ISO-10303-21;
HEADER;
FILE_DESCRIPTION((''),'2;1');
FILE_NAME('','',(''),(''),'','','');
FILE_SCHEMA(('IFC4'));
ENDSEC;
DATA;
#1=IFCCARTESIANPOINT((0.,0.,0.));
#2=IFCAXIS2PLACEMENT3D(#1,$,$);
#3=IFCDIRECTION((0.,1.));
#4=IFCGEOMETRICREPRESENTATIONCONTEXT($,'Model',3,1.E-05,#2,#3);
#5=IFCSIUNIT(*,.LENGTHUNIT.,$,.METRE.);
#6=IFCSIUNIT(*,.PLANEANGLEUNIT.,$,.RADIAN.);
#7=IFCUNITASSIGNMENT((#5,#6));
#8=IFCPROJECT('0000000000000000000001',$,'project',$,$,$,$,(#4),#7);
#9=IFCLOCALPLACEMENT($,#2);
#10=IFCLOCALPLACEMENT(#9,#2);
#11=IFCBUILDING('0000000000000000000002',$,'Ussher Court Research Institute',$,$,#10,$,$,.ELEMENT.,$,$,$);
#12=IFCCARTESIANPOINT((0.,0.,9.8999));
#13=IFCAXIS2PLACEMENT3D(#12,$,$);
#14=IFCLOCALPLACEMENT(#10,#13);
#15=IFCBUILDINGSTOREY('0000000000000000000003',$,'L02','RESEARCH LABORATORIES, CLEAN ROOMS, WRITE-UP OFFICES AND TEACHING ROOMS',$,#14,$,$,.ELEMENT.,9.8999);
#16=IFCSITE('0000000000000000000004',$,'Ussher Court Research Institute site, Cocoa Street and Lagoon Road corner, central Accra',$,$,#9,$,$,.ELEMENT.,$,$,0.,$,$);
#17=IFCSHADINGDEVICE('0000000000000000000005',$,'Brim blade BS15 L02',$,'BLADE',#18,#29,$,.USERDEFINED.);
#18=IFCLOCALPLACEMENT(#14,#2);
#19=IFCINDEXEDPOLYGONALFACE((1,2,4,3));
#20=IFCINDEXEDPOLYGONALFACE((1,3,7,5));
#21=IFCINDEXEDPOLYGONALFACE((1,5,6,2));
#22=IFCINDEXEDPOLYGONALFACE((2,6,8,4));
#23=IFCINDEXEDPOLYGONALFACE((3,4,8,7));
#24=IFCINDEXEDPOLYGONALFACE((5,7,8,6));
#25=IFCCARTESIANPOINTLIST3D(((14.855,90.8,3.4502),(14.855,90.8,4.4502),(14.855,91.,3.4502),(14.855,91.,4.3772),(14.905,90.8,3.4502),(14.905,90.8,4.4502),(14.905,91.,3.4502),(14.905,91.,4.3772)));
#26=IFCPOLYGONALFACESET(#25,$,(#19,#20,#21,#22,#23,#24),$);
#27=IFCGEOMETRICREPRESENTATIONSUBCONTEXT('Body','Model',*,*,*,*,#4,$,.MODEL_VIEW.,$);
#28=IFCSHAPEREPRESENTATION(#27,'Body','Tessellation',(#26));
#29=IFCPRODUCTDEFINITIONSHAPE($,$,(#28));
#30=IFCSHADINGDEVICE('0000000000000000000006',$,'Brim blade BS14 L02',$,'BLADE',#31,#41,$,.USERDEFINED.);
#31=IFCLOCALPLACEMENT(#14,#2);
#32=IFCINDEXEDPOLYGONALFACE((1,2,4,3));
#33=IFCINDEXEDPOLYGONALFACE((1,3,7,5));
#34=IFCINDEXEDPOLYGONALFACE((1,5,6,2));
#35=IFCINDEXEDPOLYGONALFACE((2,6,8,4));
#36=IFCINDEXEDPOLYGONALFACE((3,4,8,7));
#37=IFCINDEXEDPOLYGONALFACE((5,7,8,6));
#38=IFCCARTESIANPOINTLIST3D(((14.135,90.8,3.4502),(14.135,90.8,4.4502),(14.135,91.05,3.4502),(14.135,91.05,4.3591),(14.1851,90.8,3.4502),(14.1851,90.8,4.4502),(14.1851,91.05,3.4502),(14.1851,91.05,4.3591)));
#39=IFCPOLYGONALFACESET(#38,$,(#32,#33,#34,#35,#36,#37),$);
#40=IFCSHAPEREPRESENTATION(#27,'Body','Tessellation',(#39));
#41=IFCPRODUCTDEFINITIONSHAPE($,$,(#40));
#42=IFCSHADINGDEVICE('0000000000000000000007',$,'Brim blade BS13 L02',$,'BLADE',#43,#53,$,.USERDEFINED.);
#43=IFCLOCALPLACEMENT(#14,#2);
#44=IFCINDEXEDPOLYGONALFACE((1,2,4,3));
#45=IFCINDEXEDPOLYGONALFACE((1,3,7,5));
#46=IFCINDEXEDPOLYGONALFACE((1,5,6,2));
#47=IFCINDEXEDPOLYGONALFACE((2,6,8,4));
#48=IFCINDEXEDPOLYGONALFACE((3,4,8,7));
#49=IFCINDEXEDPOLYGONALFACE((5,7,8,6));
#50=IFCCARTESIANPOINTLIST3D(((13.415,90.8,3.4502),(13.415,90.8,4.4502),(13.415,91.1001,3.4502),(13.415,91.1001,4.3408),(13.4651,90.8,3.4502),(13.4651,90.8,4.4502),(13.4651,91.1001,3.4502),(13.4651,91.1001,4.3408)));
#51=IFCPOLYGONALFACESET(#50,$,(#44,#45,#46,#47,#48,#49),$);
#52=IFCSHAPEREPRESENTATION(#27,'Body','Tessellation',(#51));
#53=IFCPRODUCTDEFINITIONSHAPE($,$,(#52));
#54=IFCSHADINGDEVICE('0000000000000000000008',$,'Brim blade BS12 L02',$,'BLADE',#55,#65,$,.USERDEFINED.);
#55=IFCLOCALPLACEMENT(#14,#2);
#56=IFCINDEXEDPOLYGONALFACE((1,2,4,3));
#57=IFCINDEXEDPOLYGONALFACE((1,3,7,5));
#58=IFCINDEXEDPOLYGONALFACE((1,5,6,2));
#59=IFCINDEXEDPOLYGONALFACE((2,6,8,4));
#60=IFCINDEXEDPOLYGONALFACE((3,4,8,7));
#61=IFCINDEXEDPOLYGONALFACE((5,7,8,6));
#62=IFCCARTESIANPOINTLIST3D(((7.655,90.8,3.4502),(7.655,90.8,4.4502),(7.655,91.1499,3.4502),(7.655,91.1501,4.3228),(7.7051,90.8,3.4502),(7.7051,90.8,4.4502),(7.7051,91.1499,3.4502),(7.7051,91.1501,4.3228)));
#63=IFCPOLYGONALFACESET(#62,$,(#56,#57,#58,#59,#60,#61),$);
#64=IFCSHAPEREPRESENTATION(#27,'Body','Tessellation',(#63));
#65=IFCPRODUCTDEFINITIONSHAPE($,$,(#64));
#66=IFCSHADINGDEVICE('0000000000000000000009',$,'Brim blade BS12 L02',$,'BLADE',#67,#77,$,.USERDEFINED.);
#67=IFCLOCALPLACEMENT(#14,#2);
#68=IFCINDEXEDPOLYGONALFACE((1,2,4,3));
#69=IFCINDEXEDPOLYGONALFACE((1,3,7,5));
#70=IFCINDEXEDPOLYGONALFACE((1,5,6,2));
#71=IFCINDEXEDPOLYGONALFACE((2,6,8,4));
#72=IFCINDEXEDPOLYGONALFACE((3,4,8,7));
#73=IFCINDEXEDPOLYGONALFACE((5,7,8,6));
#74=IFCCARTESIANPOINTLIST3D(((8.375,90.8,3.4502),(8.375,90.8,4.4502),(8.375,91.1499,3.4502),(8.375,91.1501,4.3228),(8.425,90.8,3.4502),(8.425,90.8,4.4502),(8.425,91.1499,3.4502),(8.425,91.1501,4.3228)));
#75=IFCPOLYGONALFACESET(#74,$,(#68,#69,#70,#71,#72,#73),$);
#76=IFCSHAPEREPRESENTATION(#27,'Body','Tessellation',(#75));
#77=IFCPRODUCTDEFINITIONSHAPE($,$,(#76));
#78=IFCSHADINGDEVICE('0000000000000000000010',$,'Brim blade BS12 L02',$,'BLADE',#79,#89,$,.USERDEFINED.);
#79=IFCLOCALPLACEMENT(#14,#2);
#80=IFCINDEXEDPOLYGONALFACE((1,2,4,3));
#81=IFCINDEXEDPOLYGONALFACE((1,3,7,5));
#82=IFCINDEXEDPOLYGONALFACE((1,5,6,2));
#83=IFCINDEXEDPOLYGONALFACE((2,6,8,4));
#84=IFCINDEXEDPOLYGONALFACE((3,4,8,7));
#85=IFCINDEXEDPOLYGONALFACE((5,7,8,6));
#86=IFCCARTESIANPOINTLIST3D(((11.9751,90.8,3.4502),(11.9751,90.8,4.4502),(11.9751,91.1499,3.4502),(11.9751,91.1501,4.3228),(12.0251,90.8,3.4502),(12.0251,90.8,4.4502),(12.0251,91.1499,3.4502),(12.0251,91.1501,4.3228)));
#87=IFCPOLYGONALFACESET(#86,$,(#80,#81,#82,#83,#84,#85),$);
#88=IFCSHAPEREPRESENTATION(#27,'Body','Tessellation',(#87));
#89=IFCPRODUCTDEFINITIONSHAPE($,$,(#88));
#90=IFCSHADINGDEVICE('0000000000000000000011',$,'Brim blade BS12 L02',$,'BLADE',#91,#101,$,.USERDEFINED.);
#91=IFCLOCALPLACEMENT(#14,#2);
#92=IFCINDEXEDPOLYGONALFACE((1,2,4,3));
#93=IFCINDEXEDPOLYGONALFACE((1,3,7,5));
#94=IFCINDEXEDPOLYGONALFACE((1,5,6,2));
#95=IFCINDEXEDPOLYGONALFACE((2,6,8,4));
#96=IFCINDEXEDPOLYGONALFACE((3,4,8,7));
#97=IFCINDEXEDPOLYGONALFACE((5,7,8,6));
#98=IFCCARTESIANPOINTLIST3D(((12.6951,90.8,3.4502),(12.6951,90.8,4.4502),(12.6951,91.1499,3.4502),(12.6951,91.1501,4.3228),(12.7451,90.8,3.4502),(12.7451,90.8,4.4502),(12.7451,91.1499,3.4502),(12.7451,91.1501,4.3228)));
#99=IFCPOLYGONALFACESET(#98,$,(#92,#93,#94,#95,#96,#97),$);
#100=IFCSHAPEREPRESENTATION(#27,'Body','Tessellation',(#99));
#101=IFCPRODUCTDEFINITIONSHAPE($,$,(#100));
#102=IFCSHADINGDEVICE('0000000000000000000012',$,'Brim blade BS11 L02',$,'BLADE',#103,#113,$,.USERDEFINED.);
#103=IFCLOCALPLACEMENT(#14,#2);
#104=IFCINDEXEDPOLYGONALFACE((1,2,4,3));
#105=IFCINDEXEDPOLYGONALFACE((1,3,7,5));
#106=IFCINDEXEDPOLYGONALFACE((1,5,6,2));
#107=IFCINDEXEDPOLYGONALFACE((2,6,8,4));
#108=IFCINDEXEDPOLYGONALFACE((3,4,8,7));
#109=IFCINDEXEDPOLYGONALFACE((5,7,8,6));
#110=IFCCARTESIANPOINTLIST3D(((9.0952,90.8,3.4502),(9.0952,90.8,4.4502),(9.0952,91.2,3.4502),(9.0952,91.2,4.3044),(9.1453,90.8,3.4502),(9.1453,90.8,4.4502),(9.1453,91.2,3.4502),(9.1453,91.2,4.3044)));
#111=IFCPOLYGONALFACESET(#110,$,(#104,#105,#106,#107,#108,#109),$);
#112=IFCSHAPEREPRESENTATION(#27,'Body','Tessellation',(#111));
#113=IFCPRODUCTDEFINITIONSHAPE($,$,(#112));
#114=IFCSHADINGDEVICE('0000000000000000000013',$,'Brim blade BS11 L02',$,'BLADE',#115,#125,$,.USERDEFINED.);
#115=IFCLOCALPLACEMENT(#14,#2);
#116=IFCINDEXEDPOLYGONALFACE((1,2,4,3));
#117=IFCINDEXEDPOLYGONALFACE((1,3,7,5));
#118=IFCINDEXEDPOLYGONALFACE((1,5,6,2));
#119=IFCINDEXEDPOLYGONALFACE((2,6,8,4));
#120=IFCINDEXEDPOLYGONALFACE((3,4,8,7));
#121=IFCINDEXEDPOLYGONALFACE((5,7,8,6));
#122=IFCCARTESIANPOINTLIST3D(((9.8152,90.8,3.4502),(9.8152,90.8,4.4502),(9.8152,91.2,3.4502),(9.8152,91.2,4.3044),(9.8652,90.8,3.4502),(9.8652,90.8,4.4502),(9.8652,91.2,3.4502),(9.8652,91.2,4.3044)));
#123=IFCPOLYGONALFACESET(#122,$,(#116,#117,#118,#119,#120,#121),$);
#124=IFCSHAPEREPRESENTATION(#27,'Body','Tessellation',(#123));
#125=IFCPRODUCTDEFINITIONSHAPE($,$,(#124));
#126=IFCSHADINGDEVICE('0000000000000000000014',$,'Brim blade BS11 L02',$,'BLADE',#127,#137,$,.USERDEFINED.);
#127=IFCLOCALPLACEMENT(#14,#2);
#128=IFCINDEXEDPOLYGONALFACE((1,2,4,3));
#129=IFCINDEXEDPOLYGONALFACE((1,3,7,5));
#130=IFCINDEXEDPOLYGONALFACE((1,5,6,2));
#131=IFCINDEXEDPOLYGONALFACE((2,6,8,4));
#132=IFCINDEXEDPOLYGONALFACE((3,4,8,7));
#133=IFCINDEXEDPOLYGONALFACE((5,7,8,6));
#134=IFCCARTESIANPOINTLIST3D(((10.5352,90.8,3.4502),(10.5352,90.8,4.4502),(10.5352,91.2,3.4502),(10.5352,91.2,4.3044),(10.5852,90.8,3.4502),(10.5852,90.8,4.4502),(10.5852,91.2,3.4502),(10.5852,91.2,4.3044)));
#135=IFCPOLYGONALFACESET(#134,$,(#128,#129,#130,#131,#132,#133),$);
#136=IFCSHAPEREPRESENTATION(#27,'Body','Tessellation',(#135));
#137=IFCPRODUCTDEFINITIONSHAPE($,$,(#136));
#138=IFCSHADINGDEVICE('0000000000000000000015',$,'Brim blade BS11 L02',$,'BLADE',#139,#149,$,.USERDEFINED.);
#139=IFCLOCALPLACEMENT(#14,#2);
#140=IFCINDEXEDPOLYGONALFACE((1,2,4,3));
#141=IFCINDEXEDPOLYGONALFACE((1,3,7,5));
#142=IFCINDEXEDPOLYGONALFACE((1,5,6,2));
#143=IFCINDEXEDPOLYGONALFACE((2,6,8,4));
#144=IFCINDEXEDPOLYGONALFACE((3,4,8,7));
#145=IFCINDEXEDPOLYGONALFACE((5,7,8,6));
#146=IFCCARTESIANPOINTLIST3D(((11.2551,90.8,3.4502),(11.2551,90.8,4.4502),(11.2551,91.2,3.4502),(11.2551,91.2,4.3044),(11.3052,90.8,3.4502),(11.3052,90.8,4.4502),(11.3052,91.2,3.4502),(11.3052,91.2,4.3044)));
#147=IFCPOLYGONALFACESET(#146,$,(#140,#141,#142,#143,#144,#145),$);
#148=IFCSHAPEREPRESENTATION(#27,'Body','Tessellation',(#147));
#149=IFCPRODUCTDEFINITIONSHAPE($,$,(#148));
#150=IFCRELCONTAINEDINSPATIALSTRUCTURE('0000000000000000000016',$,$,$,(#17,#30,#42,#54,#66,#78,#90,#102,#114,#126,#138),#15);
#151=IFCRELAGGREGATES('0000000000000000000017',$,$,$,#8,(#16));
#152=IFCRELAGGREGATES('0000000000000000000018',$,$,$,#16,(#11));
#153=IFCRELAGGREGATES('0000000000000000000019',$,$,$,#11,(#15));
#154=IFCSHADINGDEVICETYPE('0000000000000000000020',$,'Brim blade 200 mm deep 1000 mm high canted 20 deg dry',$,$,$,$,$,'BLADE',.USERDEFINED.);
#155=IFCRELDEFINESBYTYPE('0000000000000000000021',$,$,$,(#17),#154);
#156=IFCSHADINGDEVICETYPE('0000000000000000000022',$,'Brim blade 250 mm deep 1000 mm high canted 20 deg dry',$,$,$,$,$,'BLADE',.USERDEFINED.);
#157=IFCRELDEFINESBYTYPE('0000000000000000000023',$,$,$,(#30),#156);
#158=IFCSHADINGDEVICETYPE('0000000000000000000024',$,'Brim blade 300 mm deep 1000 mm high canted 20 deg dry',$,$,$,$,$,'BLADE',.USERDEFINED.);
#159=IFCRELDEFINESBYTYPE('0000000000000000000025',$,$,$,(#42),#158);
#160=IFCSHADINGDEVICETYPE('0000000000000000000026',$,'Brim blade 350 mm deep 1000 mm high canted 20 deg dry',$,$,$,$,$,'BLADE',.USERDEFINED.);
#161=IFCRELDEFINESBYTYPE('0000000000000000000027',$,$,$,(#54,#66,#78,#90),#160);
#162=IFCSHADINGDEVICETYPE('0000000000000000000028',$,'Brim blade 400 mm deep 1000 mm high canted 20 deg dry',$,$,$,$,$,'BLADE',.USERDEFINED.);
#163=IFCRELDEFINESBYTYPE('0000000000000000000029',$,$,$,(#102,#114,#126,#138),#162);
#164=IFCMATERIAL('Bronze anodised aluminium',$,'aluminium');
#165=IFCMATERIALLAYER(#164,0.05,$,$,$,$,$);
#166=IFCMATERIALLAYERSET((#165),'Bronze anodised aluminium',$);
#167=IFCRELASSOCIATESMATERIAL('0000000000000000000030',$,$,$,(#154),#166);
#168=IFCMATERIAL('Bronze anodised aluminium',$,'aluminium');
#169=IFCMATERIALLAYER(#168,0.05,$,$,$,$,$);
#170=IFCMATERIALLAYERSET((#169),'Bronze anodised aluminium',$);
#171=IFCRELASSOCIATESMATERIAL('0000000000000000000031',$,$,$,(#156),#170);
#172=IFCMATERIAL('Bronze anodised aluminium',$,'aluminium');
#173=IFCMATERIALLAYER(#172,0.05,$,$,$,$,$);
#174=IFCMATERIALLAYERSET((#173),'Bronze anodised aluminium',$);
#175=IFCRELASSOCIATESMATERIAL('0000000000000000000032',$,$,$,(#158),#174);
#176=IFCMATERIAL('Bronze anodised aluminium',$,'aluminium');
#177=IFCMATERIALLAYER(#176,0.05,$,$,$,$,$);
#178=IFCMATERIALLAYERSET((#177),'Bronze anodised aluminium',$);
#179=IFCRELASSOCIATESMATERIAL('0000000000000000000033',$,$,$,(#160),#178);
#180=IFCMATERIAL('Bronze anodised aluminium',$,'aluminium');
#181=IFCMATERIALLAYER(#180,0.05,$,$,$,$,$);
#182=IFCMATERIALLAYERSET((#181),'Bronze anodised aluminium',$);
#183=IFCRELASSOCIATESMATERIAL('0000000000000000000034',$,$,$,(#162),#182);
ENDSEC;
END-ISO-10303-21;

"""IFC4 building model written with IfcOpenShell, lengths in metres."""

from ifc_helpers import new_model, si_unit, direction, frame, origin, place, context, subcontext, project, spatial, polyline, outline, extrude, material, layer, layer_set, type_object, element, save


model = new_model("IFC4")

# Units and contexts
model_context = context("Model", 3, precision=1e-05, world=origin(), true_north=direction((0.0, 1.0)))
body_context = subcontext(model_context, "Body", "Model", "MODEL_VIEW")
ifc_project = project(units=[si_unit("LENGTHUNIT", "METRE"), si_unit("PLANEANGLEUNIT", "RADIAN")], contexts=[model_context])

# Site, building, storey
site_placement = place(None, origin())
site = spatial("IfcSite", under=ifc_project, at=site_placement, Name="Ussher Court Research Institute site, Cocoa Street and Lagoon Road corner, central Accra", CompositionType="ELEMENT", RefElevation=0.0)
building_placement = place(site_placement, origin())
building = spatial("IfcBuilding", under=site, at=building_placement, Name="Ussher Court Research Institute", CompositionType="ELEMENT")
storey_placement = place(building_placement, frame((0.0, 0.0, 9.8999)))
storey = spatial("IfcBuildingStorey", under=building, at=storey_placement, Name="L02", Description="RESEARCH LABORATORIES, CLEAN ROOMS, WRITE-UP OFFICES AND TEACHING ROOMS", CompositionType="ELEMENT", Elevation=9.8999)

# Shading devices
ifc_material_1 = material(Name="Bronze anodised aluminium", Category="aluminium")
ifc_layer_1 = layer(ifc_material_1, 0.05)
ifc_layer_set_1 = layer_set([ifc_layer_1], Name="Bronze anodised aluminium")
shading_device_type_1 = type_object("IfcShadingDeviceType", Name="Brim blade 200 mm deep 1000 mm high canted 20 deg dry", ElementType="BLADE", PredefinedType="USERDEFINED", material=ifc_layer_set_1)
shading_device_1_placement = place(storey_placement, frame((14.8799, 90.8, 3.4502), z_axis=(0.0, 0.0, 1.0), x_axis=(0.0, 1.0, 0.0)))
element("IfcShadingDevice", 1, at=shading_device_1_placement, inside=storey, type_object=shading_device_type_1, Name="Brim blade BS15 L02", ObjectType="BLADE", PredefinedType="USERDEFINED", context=body_context, shape_type="SweptSolid", body=[
    extrude(outline(polyline([(0.0, 0.0), (0.2, 0.0), (0.2, 0.927), (0.0, 1.0), (0.0, 0.0)])), frame((0.0, 0.0249, 0.0), z_axis=(0.0, -1.0, 0.0), x_axis=(1.0, 0.0, 0.0)), (0.0, 0.0, 1.0), 0.05),
])
ifc_material_2 = material(Name="Bronze anodised aluminium", Category="aluminium")
ifc_layer_2 = layer(ifc_material_2, 0.05)
ifc_layer_set_2 = layer_set([ifc_layer_2], Name="Bronze anodised aluminium")
shading_device_type_2 = type_object("IfcShadingDeviceType", Name="Brim blade 250 mm deep 1000 mm high canted 20 deg dry", ElementType="BLADE", PredefinedType="USERDEFINED", material=ifc_layer_set_2)
shading_device_2_placement = place(storey_placement, frame((14.1599, 90.8, 3.4502), z_axis=(0.0, 0.0, 1.0), x_axis=(0.0, 1.0, 0.0)))
element("IfcShadingDevice", 2, at=shading_device_2_placement, inside=storey, type_object=shading_device_type_2, Name="Brim blade BS14 L02", ObjectType="BLADE", PredefinedType="USERDEFINED", context=body_context, shape_type="SweptSolid", body=[
    extrude(outline(polyline([(0.0, 0.0), (0.25, 0.0), (0.25, 0.9089), (0.0, 1.0), (0.0, 0.0)])), frame((0.0, 0.0249, 0.0), z_axis=(0.0, -1.0, 0.0), x_axis=(1.0, 0.0, 0.0)), (0.0, 0.0, 1.0), 0.05),
])
ifc_material_3 = material(Name="Bronze anodised aluminium", Category="aluminium")
ifc_layer_3 = layer(ifc_material_3, 0.05)
ifc_layer_set_3 = layer_set([ifc_layer_3], Name="Bronze anodised aluminium")
shading_device_type_3 = type_object("IfcShadingDeviceType", Name="Brim blade 300 mm deep 1000 mm high canted 20 deg dry", ElementType="BLADE", PredefinedType="USERDEFINED", material=ifc_layer_set_3)
shading_device_3_placement = place(storey_placement, frame((13.4399, 90.8, 3.4502), z_axis=(0.0, 0.0, 1.0), x_axis=(0.0, 1.0, 0.0)))
element("IfcShadingDevice", 3, at=shading_device_3_placement, inside=storey, type_object=shading_device_type_3, Name="Brim blade BS13 L02", ObjectType="BLADE", PredefinedType="USERDEFINED", context=body_context, shape_type="SweptSolid", body=[
    extrude(outline(polyline([(0.0, 0.0), (0.3, 0.0), (0.3, 0.8906), (0.0, 1.0), (0.0, 0.0)])), frame((0.0, 0.0249, 0.0), z_axis=(0.0, -1.0, 0.0), x_axis=(1.0, 0.0, 0.0)), (0.0, 0.0, 1.0), 0.05),
])
ifc_material_4 = material(Name="Bronze anodised aluminium", Category="aluminium")
ifc_layer_4 = layer(ifc_material_4, 0.05)
ifc_layer_set_4 = layer_set([ifc_layer_4], Name="Bronze anodised aluminium")
shading_device_type_4 = type_object("IfcShadingDeviceType", Name="Brim blade 350 mm deep 1000 mm high canted 20 deg dry", ElementType="BLADE", PredefinedType="USERDEFINED", material=ifc_layer_set_4)
for number, where, z_axis, x_axis, name in (
    (4, (7.6799, 90.8, 3.4502), (0.0, 0.0, 1.0), (0.0, 1.0, 0.0), "Brim blade BS12 L02"),
    (5, (8.3999, 90.8, 3.4502), (0.0, 0.0, 1.0), (0.0, 1.0, 0.0), "Brim blade BS12 L02"),
    (6, (12.0, 90.8, 3.4502), (0.0, 0.0, 1.0), (0.0, 1.0, 0.0), "Brim blade BS12 L02"),
    (7, (12.72, 90.8, 3.4502), (0.0, 0.0, 1.0), (0.0, 1.0, 0.0), "Brim blade BS12 L02"),
):
    element("IfcShadingDevice", number, at=place(storey_placement, frame(where, z_axis=z_axis, x_axis=x_axis)), inside=storey, type_object=shading_device_type_4, Name=name, ObjectType="BLADE", PredefinedType="USERDEFINED", context=body_context, shape_type="SweptSolid", body=[
        extrude(outline(polyline([(0.0, 0.0), (0.3499, 0.0), (0.3501, 0.8726), (0.0, 1.0), (0.0, 0.0)])), frame((0.0, 0.0249, 0.0), z_axis=(0.0, -1.0, 0.0), x_axis=(1.0, 0.0, 0.0)), (0.0, 0.0, 1.0), 0.05),
    ])
ifc_material_5 = material(Name="Bronze anodised aluminium", Category="aluminium")
ifc_layer_5 = layer(ifc_material_5, 0.05)
ifc_layer_set_5 = layer_set([ifc_layer_5], Name="Bronze anodised aluminium")
shading_device_type_5 = type_object("IfcShadingDeviceType", Name="Brim blade 400 mm deep 1000 mm high canted 20 deg dry", ElementType="BLADE", PredefinedType="USERDEFINED", material=ifc_layer_set_5)
for number, where, z_axis, x_axis, name in (
    (8, (9.1201, 90.8, 3.4502), (0.0, 0.0, 1.0), (0.0, 1.0, 0.0), "Brim blade BS11 L02"),
    (9, (9.8401, 90.8, 3.4502), (0.0, 0.0, 1.0), (0.0, 1.0, 0.0), "Brim blade BS11 L02"),
    (10, (10.5601, 90.8, 3.4502), (0.0, 0.0, 1.0), (0.0, 1.0, 0.0), "Brim blade BS11 L02"),
    (11, (11.28, 90.8, 3.4502), (0.0, 0.0, 1.0), (0.0, 1.0, 0.0), "Brim blade BS11 L02"),
):
    element("IfcShadingDevice", number, at=place(storey_placement, frame(where, z_axis=z_axis, x_axis=x_axis)), inside=storey, type_object=shading_device_type_5, Name=name, ObjectType="BLADE", PredefinedType="USERDEFINED", context=body_context, shape_type="SweptSolid", body=[
        extrude(outline(polyline([(0.0, 0.0), (0.3999, 0.0), (0.3999, 0.8542), (0.0, 1.0), (0.0, 0.0)])), frame((0.0, 0.0249, 0.0), z_axis=(0.0, -1.0, 0.0), x_axis=(1.0, 0.0, 0.0)), (0.0, 0.0, 1.0), 0.05),
    ])

save(model, "model.ifc")
